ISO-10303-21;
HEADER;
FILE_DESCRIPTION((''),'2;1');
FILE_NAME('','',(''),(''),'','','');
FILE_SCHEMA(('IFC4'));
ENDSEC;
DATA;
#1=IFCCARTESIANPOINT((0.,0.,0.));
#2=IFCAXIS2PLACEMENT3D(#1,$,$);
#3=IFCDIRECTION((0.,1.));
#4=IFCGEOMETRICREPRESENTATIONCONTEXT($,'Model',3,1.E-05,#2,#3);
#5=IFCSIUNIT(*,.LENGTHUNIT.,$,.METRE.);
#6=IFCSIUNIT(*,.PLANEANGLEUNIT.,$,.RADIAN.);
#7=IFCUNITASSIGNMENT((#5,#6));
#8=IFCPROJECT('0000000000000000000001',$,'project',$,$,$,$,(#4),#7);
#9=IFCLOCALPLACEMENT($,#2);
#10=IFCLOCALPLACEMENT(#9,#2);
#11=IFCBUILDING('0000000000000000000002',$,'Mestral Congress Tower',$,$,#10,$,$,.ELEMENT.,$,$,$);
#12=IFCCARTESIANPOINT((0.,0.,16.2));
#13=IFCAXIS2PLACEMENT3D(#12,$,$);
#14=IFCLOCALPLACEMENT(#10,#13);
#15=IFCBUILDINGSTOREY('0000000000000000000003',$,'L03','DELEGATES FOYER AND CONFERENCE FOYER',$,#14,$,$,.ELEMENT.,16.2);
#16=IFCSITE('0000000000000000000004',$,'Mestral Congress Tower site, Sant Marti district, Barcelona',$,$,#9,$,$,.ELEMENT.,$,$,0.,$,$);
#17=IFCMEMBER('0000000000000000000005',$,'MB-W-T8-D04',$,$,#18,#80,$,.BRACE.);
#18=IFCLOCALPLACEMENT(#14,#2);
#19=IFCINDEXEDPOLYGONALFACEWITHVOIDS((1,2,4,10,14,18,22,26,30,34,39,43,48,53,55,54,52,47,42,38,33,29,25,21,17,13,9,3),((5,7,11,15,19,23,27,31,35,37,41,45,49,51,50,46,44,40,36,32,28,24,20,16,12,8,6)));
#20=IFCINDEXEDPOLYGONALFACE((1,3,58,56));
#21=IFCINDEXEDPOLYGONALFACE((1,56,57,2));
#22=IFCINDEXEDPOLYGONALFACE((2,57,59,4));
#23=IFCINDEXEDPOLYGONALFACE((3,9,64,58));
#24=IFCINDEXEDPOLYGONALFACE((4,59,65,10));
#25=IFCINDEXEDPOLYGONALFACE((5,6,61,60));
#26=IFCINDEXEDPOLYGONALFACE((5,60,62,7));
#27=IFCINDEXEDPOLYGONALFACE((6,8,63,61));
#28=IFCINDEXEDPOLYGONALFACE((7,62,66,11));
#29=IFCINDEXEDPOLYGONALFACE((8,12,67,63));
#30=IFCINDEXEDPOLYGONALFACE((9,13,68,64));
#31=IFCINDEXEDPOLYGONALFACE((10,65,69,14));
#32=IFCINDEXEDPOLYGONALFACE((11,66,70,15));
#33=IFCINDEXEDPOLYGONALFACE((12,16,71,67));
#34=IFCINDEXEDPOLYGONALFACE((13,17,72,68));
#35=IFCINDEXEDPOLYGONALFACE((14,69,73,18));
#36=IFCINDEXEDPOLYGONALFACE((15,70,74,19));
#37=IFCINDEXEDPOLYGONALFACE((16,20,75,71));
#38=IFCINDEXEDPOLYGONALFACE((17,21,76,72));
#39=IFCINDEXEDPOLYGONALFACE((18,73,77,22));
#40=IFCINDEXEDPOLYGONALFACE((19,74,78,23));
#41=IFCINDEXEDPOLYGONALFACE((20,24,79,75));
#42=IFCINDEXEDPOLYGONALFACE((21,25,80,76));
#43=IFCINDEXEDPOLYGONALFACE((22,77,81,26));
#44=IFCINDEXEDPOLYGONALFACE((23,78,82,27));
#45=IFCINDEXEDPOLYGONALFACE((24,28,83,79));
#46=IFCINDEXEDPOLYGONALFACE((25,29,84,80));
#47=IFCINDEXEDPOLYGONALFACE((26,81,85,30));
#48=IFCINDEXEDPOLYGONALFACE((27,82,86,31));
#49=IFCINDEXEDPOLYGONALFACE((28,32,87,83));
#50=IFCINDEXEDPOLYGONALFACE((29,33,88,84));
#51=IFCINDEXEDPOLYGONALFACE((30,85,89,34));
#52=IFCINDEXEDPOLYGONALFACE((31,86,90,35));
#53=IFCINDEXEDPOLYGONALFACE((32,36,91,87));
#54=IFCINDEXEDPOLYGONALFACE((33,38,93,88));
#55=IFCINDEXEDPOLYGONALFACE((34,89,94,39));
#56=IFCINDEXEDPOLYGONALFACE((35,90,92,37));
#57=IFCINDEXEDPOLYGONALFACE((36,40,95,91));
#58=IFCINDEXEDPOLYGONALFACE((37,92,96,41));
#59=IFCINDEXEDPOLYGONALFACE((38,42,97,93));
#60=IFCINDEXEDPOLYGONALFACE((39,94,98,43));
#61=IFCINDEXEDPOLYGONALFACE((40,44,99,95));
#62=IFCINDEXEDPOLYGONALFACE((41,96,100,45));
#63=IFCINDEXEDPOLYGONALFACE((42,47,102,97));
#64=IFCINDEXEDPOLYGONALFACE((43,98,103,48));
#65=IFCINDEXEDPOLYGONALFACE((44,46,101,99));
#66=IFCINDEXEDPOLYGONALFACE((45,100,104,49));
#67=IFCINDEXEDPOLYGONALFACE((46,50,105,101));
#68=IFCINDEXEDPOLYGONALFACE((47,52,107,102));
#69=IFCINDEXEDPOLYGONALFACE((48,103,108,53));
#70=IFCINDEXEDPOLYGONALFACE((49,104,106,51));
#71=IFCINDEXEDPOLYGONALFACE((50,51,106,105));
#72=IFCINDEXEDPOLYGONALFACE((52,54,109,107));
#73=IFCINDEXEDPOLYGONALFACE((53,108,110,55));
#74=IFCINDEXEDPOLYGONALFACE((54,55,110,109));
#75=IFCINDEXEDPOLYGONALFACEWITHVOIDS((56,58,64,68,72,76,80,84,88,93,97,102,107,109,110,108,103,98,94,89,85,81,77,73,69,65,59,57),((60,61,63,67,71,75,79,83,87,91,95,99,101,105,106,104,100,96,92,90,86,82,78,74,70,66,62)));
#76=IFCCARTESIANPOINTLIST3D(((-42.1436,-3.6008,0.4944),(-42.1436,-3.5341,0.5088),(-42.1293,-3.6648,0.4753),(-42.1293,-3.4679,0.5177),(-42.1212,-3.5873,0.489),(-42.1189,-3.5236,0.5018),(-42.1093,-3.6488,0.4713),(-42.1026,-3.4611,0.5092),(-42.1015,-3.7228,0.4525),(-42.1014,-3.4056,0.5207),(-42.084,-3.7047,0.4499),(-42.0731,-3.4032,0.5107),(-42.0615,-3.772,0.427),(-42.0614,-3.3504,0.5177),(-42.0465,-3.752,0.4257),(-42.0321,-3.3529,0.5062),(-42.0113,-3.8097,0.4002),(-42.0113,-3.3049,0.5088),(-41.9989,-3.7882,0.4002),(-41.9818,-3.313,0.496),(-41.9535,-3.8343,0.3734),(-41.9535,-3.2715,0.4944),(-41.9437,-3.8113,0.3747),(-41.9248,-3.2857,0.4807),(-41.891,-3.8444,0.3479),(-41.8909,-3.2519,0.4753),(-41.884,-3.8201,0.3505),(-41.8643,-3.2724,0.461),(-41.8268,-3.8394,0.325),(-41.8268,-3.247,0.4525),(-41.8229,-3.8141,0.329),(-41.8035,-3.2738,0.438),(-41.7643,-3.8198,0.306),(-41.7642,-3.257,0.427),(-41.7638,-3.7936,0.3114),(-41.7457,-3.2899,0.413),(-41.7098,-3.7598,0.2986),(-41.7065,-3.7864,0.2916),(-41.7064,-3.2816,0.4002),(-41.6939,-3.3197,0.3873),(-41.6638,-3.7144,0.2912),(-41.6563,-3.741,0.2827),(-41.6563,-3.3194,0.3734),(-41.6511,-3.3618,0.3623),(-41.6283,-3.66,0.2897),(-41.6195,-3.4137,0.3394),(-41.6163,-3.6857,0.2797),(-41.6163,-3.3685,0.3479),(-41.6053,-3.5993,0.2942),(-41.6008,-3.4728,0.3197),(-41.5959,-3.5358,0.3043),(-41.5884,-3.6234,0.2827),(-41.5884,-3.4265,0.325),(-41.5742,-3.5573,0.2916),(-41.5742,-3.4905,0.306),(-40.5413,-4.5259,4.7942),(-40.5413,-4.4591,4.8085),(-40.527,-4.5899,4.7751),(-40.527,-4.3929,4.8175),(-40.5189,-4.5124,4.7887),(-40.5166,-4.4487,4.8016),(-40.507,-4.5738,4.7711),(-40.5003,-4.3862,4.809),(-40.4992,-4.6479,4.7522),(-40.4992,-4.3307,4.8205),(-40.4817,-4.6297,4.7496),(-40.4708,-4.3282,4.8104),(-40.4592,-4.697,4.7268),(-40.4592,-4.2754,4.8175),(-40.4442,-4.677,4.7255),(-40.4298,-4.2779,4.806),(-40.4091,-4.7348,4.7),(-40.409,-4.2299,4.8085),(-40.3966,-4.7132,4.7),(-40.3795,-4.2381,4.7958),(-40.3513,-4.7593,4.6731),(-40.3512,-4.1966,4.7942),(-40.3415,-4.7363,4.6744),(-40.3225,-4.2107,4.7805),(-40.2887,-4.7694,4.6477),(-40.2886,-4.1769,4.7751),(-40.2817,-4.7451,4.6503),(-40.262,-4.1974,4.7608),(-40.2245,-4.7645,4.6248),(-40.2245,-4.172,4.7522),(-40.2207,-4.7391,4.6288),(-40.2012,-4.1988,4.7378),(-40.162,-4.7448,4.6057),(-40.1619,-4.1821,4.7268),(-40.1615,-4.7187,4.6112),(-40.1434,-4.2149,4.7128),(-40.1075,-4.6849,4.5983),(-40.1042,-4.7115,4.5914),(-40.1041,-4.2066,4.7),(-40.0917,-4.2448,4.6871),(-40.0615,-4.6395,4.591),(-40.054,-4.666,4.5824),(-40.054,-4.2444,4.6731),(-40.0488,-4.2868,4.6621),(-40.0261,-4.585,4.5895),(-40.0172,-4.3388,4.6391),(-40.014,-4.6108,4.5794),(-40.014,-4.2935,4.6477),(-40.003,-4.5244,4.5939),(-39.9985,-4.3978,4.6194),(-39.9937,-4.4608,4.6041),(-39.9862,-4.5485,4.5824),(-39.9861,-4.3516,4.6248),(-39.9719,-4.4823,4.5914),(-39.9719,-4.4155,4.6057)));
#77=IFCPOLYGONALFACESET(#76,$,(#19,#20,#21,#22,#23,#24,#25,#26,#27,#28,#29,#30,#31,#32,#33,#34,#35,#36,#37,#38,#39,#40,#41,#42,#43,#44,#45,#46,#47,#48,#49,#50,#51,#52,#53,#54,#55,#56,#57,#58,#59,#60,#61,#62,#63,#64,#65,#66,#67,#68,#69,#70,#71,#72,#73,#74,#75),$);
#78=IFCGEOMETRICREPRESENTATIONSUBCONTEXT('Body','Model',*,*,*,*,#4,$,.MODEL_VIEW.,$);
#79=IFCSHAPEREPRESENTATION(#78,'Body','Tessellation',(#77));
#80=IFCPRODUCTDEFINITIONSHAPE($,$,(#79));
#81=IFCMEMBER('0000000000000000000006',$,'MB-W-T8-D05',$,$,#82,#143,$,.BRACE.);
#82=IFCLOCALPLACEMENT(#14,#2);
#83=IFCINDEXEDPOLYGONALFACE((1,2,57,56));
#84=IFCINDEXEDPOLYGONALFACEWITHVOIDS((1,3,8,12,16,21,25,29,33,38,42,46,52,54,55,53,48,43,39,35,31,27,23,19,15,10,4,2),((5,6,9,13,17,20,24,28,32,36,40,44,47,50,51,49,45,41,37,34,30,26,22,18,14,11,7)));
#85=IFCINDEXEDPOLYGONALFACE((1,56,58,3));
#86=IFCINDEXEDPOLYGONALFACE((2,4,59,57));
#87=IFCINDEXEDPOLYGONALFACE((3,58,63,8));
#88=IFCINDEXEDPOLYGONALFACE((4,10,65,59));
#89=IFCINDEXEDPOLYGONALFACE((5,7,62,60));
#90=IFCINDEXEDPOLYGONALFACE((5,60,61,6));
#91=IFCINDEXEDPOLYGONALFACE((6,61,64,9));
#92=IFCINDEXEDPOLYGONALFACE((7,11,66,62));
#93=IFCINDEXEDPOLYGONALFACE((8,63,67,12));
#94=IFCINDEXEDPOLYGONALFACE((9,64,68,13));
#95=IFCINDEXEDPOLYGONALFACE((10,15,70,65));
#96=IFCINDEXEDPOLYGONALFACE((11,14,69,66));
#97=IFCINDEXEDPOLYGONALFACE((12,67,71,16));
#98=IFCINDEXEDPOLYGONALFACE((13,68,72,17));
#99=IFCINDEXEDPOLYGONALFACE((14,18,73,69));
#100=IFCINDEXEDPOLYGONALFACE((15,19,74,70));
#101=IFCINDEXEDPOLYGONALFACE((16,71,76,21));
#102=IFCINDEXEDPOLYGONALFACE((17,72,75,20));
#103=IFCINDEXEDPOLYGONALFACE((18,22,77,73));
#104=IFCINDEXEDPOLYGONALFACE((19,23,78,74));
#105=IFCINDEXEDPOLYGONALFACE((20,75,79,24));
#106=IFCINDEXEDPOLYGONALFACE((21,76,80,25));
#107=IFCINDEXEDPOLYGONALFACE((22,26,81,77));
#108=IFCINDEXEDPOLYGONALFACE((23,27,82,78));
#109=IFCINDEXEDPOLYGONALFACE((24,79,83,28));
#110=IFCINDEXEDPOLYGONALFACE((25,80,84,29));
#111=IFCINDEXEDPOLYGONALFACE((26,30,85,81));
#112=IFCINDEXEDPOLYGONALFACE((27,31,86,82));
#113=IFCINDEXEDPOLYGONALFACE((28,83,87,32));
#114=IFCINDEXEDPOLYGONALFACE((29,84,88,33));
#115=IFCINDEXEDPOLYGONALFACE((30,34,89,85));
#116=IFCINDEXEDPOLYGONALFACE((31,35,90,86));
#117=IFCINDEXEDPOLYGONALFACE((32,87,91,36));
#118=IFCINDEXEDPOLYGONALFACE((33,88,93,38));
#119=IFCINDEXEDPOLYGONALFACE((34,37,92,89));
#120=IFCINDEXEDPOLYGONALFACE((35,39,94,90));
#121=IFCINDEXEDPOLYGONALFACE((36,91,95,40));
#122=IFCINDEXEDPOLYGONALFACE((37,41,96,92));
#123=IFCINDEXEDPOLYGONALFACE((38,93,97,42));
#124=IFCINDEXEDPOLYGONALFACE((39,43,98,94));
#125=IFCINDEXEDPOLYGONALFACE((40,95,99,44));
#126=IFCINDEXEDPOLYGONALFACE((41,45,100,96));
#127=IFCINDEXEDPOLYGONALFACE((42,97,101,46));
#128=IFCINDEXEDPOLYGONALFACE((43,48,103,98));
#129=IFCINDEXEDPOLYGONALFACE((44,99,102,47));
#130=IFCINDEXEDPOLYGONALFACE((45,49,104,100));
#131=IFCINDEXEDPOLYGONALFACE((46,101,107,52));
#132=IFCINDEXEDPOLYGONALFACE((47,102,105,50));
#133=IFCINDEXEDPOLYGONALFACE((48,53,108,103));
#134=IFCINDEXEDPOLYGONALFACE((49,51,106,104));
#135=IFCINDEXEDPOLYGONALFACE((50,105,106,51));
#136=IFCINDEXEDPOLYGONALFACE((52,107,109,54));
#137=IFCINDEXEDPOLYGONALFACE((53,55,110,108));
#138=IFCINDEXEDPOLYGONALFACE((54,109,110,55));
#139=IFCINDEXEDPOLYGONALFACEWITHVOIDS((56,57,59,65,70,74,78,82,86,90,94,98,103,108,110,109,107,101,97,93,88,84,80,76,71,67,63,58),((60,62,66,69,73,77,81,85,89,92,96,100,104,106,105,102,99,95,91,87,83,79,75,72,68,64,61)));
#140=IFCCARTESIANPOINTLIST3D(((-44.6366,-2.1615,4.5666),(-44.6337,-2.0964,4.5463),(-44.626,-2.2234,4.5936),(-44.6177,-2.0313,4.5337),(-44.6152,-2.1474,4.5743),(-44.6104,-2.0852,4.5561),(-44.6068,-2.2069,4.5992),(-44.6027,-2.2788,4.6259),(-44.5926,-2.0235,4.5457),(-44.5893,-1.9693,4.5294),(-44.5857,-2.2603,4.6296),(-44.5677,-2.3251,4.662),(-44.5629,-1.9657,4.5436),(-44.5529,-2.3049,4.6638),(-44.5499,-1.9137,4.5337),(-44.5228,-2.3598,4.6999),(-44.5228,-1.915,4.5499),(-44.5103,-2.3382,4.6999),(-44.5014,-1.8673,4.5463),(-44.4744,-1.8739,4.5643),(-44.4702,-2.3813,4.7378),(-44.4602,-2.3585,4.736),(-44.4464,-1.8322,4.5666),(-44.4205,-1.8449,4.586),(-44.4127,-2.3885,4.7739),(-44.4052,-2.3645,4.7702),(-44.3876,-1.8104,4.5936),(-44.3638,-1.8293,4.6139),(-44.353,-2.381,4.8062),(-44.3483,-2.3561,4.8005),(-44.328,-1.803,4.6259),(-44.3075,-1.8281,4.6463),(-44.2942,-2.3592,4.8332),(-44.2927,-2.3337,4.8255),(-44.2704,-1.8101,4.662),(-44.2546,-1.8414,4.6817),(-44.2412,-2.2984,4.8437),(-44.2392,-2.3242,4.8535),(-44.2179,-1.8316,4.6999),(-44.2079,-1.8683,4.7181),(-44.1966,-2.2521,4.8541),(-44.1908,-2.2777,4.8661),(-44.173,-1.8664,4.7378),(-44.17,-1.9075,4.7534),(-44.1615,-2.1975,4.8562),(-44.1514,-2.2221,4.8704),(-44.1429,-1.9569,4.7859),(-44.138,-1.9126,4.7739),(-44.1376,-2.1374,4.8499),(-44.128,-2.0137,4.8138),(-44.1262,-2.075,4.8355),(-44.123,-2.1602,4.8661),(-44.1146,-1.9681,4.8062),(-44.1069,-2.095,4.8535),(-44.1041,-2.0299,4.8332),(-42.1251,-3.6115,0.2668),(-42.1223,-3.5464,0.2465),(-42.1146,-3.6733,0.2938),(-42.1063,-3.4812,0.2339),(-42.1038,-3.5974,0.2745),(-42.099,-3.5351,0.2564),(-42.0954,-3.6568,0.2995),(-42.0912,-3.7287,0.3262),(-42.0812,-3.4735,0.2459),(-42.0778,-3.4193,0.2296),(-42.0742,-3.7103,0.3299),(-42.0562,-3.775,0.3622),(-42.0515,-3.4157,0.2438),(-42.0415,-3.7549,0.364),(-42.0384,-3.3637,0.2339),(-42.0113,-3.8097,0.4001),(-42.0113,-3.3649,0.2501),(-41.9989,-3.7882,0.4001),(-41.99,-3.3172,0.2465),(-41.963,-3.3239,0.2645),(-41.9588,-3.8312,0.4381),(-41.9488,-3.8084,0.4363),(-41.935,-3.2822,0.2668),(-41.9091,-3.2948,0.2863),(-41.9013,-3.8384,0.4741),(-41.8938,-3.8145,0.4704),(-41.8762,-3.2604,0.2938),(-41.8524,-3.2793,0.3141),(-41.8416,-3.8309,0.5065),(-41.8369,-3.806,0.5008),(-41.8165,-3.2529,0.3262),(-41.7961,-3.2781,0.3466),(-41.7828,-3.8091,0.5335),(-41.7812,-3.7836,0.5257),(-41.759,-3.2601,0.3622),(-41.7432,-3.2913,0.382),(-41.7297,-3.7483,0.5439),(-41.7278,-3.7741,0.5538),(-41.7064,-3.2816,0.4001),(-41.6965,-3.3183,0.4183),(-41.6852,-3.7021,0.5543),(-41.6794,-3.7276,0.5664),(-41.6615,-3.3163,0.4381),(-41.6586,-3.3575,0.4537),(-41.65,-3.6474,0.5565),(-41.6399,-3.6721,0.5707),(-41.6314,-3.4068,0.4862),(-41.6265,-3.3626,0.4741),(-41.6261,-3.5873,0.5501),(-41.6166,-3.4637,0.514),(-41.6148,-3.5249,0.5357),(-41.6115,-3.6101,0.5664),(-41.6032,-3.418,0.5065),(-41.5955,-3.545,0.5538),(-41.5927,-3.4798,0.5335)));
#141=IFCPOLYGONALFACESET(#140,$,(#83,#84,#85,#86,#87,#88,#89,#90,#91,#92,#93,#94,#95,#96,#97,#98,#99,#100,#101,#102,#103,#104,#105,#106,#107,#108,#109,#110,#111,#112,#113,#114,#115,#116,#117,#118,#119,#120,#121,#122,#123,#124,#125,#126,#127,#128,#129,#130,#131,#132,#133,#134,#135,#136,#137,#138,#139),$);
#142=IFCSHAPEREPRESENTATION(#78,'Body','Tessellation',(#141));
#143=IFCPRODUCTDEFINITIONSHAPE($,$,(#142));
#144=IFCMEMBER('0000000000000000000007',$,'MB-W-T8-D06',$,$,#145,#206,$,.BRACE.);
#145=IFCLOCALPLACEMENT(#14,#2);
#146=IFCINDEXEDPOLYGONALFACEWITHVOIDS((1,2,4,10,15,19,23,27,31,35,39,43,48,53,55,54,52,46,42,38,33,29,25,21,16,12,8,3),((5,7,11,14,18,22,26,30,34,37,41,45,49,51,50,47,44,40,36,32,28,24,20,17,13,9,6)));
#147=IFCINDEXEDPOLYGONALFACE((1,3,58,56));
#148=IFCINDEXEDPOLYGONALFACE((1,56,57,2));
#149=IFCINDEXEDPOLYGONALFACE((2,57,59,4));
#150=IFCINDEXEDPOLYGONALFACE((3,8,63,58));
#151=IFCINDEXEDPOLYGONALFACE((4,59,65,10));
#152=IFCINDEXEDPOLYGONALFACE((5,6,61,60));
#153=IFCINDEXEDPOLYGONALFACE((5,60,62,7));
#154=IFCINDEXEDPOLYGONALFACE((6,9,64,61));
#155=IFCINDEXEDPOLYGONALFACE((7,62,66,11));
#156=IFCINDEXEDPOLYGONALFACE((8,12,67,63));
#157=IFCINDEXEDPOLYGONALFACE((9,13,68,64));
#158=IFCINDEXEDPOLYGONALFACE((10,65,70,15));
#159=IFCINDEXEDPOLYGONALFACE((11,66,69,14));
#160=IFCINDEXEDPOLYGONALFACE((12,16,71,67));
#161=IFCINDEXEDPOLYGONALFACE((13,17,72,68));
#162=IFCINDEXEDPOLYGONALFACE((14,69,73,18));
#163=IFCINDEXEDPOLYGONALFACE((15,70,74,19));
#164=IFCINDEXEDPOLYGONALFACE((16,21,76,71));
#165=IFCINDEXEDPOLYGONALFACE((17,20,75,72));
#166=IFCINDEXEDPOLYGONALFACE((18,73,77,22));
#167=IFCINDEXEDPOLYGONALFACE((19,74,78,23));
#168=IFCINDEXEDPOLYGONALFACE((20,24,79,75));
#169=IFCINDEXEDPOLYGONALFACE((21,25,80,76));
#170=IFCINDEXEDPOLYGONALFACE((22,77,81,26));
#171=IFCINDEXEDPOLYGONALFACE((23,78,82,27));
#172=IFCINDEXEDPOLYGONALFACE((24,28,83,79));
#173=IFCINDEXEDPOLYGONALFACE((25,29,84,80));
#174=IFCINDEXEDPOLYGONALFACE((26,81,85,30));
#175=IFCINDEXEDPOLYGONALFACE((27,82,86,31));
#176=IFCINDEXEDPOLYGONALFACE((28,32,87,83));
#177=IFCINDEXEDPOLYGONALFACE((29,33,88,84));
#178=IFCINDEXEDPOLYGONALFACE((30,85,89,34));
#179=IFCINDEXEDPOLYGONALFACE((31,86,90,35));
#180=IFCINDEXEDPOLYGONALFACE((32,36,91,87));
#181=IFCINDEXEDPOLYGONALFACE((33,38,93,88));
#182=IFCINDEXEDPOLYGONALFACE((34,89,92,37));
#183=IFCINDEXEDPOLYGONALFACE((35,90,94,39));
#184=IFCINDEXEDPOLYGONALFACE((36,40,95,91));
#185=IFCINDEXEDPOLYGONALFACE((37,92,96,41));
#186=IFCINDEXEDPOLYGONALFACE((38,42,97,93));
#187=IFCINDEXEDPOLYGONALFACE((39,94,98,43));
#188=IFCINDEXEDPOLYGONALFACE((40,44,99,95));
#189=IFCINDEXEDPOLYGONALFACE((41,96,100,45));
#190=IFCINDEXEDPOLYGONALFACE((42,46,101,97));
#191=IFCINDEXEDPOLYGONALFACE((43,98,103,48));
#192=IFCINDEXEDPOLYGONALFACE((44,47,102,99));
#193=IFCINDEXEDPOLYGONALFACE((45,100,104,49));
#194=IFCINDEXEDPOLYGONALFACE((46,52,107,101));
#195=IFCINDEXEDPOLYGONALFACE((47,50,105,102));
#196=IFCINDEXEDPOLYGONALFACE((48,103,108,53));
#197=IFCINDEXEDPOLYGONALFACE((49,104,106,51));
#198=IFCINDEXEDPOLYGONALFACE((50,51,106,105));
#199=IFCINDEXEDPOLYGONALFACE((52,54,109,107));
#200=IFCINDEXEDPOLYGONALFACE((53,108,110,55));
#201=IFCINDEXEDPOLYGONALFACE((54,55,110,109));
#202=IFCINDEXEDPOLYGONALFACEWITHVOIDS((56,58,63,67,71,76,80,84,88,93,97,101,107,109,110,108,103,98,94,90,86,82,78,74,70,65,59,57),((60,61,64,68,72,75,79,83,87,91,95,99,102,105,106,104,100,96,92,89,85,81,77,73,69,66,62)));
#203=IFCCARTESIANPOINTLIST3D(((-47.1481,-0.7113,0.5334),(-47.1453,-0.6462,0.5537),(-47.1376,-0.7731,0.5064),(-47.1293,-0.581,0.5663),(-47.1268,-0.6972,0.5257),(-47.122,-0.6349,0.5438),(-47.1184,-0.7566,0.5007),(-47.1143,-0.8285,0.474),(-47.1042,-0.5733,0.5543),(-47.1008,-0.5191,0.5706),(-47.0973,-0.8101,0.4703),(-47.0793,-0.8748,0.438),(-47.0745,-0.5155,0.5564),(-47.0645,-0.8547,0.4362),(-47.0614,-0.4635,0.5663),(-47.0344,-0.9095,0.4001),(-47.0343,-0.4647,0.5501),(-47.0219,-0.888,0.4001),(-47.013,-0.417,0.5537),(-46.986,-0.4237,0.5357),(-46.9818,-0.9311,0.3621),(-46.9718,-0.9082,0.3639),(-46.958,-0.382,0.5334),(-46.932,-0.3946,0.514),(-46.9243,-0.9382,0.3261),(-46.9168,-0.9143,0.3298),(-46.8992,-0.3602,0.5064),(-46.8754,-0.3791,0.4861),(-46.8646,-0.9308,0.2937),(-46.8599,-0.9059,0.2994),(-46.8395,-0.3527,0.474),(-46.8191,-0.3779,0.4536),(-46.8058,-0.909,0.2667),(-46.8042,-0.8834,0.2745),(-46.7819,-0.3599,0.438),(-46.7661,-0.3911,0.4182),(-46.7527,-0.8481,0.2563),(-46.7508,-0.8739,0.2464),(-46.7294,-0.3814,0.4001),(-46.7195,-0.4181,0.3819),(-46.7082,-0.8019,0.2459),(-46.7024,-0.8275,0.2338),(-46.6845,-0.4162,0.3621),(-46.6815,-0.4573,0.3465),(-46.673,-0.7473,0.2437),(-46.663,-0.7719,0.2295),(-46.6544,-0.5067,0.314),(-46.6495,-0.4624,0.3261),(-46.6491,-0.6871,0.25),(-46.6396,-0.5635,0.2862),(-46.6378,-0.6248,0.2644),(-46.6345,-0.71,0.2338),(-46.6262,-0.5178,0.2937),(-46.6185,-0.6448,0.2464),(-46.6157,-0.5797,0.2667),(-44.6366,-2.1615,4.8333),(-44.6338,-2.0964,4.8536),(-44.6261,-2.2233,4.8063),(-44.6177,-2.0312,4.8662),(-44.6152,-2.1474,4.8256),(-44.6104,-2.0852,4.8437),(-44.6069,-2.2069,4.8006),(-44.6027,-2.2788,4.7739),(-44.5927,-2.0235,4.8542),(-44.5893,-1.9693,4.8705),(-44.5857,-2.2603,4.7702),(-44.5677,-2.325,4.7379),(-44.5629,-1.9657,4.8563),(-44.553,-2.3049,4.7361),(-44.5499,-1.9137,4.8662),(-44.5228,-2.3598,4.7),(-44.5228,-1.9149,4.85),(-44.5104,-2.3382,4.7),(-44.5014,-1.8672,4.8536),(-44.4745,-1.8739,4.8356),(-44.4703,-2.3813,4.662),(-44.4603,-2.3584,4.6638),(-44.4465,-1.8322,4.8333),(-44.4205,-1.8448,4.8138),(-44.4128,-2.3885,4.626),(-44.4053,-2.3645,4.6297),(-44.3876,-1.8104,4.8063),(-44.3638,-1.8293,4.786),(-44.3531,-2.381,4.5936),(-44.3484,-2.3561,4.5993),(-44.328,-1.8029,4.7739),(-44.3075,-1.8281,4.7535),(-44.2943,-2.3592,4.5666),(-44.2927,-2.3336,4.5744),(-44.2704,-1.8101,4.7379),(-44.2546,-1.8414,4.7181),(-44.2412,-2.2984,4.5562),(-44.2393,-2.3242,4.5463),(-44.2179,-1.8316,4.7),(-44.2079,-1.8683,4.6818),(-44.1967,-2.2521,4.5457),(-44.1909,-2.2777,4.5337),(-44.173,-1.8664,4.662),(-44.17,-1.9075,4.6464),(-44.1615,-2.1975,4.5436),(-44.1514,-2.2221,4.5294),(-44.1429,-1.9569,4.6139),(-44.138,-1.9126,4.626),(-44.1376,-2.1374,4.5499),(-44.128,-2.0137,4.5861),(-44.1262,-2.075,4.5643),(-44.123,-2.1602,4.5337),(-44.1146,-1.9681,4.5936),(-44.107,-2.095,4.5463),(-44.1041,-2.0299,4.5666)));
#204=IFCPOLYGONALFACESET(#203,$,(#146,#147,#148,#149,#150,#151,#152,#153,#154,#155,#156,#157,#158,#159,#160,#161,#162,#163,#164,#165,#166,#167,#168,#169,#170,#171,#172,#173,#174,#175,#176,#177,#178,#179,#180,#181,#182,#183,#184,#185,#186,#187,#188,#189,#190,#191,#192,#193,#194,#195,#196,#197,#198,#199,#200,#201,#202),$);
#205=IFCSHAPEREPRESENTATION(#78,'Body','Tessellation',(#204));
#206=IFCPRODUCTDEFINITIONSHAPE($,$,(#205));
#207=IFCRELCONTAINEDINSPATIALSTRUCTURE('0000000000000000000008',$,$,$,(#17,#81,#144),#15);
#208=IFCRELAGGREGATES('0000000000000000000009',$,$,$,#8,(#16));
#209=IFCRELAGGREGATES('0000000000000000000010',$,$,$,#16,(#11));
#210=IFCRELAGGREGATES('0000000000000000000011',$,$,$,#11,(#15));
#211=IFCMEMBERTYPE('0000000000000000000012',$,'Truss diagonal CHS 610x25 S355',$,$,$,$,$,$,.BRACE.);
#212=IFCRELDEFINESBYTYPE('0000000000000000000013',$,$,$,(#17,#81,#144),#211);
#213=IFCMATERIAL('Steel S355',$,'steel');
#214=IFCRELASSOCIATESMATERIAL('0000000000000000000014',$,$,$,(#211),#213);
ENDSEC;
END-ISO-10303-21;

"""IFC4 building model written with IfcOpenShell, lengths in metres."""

from ifc_helpers import new_model, si_unit, direction, frame, origin, origin_2d, place, context, subcontext, project, spatial, hollow_circle, extrude, material, material_profile, profile_set, type_object, element, save


model = new_model("IFC4")

# Units and contexts
model_context = context("Model", 3, precision=1e-05, world=origin(), true_north=direction((0.0, 1.0)))
body_context = subcontext(model_context, "Body", "Model", "MODEL_VIEW")
ifc_project = project(units=[si_unit("LENGTHUNIT", "METRE"), si_unit("PLANEANGLEUNIT", "RADIAN")], contexts=[model_context])

# Site, building, storey
site_placement = place(None, origin())
site = spatial("IfcSite", under=ifc_project, at=site_placement, Name="Mestral Congress Tower site, Sant Marti district, Barcelona", CompositionType="ELEMENT", RefElevation=0.0)
building_placement = place(site_placement, origin())
building = spatial("IfcBuilding", under=site, at=building_placement, Name="Mestral Congress Tower", CompositionType="ELEMENT")
storey_placement = place(building_placement, frame((0.0, 0.0, 16.2)))
storey = spatial("IfcBuildingStorey", under=building, at=storey_placement, Name="L03", Description="DELEGATES FOYER AND CONFERENCE FOYER", CompositionType="ELEMENT", Elevation=16.2)

# Shared definitions
ifc_material_1 = material(Name="Steel S355", Category="steel")

# Members
ifc_material_profile_1 = material_profile(ifc_material_1, hollow_circle(Radius=0.3049, WallThickness=0.0249, at=origin_2d()), Name="CHS 610x25")
ifc_profile_set_1 = profile_set([ifc_material_profile_1], Name="Steel S355")
member_type_1 = type_object("IfcMemberType", Name="Truss diagonal CHS 610x25 S355", PredefinedType="BRACE", material=ifc_profile_set_1)
for number, where, z_axis, x_axis, name in (
    (1, (-40.2566, -4.4707, 4.7), (-0.342301, 0.197619, -0.918573), (-0.499985, -0.866034, 0.0), "MB-W-T8-D04"),
):
    element("IfcMember", number, at=place(storey_placement, frame(where, z_axis=z_axis, x_axis=x_axis)), inside=storey, type_object=member_type_1, Name=name, PredefinedType="BRACE", context=body_context, shape_type="SweptSolid", body=[
        extrude(hollow_circle(Radius=0.3049, WallThickness=0.0249, at=origin_2d()), origin(), (0.0, 0.0, 1.0), 4.6809),
    ])
member_1_placement = place(storey_placement, frame((-41.8589, -3.5457, 0.4001), z_axis=(-0.484247, 0.279571, 0.829062), x_axis=(-0.499987, -0.866033, 0.0)))
element("IfcMember", 2, at=member_1_placement, inside=storey, type_object=member_type_1, Name="MB-W-T8-D05", PredefinedType="BRACE", context=body_context, shape_type="SweptSolid", body=[
    extrude(hollow_circle(Radius=0.3049, WallThickness=0.0249, at=origin_2d()), origin(), (0.0, 0.0, 1.0), 5.1863),
])
member_2_placement = place(storey_placement, frame((-44.3704, -2.0957, 4.7), z_axis=(-0.484241, 0.279614, -0.829052), x_axis=(-0.50005, -0.865996, 0.0)))
element("IfcMember", 3, at=member_2_placement, inside=storey, type_object=member_type_1, Name="MB-W-T8-D06", PredefinedType="BRACE", context=body_context, shape_type="SweptSolid", body=[
    extrude(hollow_circle(Radius=0.3049, WallThickness=0.0249, at=origin_2d()), origin(), (0.0, 0.0, 1.0), 5.1865),
])

save(model, "model.ifc")
